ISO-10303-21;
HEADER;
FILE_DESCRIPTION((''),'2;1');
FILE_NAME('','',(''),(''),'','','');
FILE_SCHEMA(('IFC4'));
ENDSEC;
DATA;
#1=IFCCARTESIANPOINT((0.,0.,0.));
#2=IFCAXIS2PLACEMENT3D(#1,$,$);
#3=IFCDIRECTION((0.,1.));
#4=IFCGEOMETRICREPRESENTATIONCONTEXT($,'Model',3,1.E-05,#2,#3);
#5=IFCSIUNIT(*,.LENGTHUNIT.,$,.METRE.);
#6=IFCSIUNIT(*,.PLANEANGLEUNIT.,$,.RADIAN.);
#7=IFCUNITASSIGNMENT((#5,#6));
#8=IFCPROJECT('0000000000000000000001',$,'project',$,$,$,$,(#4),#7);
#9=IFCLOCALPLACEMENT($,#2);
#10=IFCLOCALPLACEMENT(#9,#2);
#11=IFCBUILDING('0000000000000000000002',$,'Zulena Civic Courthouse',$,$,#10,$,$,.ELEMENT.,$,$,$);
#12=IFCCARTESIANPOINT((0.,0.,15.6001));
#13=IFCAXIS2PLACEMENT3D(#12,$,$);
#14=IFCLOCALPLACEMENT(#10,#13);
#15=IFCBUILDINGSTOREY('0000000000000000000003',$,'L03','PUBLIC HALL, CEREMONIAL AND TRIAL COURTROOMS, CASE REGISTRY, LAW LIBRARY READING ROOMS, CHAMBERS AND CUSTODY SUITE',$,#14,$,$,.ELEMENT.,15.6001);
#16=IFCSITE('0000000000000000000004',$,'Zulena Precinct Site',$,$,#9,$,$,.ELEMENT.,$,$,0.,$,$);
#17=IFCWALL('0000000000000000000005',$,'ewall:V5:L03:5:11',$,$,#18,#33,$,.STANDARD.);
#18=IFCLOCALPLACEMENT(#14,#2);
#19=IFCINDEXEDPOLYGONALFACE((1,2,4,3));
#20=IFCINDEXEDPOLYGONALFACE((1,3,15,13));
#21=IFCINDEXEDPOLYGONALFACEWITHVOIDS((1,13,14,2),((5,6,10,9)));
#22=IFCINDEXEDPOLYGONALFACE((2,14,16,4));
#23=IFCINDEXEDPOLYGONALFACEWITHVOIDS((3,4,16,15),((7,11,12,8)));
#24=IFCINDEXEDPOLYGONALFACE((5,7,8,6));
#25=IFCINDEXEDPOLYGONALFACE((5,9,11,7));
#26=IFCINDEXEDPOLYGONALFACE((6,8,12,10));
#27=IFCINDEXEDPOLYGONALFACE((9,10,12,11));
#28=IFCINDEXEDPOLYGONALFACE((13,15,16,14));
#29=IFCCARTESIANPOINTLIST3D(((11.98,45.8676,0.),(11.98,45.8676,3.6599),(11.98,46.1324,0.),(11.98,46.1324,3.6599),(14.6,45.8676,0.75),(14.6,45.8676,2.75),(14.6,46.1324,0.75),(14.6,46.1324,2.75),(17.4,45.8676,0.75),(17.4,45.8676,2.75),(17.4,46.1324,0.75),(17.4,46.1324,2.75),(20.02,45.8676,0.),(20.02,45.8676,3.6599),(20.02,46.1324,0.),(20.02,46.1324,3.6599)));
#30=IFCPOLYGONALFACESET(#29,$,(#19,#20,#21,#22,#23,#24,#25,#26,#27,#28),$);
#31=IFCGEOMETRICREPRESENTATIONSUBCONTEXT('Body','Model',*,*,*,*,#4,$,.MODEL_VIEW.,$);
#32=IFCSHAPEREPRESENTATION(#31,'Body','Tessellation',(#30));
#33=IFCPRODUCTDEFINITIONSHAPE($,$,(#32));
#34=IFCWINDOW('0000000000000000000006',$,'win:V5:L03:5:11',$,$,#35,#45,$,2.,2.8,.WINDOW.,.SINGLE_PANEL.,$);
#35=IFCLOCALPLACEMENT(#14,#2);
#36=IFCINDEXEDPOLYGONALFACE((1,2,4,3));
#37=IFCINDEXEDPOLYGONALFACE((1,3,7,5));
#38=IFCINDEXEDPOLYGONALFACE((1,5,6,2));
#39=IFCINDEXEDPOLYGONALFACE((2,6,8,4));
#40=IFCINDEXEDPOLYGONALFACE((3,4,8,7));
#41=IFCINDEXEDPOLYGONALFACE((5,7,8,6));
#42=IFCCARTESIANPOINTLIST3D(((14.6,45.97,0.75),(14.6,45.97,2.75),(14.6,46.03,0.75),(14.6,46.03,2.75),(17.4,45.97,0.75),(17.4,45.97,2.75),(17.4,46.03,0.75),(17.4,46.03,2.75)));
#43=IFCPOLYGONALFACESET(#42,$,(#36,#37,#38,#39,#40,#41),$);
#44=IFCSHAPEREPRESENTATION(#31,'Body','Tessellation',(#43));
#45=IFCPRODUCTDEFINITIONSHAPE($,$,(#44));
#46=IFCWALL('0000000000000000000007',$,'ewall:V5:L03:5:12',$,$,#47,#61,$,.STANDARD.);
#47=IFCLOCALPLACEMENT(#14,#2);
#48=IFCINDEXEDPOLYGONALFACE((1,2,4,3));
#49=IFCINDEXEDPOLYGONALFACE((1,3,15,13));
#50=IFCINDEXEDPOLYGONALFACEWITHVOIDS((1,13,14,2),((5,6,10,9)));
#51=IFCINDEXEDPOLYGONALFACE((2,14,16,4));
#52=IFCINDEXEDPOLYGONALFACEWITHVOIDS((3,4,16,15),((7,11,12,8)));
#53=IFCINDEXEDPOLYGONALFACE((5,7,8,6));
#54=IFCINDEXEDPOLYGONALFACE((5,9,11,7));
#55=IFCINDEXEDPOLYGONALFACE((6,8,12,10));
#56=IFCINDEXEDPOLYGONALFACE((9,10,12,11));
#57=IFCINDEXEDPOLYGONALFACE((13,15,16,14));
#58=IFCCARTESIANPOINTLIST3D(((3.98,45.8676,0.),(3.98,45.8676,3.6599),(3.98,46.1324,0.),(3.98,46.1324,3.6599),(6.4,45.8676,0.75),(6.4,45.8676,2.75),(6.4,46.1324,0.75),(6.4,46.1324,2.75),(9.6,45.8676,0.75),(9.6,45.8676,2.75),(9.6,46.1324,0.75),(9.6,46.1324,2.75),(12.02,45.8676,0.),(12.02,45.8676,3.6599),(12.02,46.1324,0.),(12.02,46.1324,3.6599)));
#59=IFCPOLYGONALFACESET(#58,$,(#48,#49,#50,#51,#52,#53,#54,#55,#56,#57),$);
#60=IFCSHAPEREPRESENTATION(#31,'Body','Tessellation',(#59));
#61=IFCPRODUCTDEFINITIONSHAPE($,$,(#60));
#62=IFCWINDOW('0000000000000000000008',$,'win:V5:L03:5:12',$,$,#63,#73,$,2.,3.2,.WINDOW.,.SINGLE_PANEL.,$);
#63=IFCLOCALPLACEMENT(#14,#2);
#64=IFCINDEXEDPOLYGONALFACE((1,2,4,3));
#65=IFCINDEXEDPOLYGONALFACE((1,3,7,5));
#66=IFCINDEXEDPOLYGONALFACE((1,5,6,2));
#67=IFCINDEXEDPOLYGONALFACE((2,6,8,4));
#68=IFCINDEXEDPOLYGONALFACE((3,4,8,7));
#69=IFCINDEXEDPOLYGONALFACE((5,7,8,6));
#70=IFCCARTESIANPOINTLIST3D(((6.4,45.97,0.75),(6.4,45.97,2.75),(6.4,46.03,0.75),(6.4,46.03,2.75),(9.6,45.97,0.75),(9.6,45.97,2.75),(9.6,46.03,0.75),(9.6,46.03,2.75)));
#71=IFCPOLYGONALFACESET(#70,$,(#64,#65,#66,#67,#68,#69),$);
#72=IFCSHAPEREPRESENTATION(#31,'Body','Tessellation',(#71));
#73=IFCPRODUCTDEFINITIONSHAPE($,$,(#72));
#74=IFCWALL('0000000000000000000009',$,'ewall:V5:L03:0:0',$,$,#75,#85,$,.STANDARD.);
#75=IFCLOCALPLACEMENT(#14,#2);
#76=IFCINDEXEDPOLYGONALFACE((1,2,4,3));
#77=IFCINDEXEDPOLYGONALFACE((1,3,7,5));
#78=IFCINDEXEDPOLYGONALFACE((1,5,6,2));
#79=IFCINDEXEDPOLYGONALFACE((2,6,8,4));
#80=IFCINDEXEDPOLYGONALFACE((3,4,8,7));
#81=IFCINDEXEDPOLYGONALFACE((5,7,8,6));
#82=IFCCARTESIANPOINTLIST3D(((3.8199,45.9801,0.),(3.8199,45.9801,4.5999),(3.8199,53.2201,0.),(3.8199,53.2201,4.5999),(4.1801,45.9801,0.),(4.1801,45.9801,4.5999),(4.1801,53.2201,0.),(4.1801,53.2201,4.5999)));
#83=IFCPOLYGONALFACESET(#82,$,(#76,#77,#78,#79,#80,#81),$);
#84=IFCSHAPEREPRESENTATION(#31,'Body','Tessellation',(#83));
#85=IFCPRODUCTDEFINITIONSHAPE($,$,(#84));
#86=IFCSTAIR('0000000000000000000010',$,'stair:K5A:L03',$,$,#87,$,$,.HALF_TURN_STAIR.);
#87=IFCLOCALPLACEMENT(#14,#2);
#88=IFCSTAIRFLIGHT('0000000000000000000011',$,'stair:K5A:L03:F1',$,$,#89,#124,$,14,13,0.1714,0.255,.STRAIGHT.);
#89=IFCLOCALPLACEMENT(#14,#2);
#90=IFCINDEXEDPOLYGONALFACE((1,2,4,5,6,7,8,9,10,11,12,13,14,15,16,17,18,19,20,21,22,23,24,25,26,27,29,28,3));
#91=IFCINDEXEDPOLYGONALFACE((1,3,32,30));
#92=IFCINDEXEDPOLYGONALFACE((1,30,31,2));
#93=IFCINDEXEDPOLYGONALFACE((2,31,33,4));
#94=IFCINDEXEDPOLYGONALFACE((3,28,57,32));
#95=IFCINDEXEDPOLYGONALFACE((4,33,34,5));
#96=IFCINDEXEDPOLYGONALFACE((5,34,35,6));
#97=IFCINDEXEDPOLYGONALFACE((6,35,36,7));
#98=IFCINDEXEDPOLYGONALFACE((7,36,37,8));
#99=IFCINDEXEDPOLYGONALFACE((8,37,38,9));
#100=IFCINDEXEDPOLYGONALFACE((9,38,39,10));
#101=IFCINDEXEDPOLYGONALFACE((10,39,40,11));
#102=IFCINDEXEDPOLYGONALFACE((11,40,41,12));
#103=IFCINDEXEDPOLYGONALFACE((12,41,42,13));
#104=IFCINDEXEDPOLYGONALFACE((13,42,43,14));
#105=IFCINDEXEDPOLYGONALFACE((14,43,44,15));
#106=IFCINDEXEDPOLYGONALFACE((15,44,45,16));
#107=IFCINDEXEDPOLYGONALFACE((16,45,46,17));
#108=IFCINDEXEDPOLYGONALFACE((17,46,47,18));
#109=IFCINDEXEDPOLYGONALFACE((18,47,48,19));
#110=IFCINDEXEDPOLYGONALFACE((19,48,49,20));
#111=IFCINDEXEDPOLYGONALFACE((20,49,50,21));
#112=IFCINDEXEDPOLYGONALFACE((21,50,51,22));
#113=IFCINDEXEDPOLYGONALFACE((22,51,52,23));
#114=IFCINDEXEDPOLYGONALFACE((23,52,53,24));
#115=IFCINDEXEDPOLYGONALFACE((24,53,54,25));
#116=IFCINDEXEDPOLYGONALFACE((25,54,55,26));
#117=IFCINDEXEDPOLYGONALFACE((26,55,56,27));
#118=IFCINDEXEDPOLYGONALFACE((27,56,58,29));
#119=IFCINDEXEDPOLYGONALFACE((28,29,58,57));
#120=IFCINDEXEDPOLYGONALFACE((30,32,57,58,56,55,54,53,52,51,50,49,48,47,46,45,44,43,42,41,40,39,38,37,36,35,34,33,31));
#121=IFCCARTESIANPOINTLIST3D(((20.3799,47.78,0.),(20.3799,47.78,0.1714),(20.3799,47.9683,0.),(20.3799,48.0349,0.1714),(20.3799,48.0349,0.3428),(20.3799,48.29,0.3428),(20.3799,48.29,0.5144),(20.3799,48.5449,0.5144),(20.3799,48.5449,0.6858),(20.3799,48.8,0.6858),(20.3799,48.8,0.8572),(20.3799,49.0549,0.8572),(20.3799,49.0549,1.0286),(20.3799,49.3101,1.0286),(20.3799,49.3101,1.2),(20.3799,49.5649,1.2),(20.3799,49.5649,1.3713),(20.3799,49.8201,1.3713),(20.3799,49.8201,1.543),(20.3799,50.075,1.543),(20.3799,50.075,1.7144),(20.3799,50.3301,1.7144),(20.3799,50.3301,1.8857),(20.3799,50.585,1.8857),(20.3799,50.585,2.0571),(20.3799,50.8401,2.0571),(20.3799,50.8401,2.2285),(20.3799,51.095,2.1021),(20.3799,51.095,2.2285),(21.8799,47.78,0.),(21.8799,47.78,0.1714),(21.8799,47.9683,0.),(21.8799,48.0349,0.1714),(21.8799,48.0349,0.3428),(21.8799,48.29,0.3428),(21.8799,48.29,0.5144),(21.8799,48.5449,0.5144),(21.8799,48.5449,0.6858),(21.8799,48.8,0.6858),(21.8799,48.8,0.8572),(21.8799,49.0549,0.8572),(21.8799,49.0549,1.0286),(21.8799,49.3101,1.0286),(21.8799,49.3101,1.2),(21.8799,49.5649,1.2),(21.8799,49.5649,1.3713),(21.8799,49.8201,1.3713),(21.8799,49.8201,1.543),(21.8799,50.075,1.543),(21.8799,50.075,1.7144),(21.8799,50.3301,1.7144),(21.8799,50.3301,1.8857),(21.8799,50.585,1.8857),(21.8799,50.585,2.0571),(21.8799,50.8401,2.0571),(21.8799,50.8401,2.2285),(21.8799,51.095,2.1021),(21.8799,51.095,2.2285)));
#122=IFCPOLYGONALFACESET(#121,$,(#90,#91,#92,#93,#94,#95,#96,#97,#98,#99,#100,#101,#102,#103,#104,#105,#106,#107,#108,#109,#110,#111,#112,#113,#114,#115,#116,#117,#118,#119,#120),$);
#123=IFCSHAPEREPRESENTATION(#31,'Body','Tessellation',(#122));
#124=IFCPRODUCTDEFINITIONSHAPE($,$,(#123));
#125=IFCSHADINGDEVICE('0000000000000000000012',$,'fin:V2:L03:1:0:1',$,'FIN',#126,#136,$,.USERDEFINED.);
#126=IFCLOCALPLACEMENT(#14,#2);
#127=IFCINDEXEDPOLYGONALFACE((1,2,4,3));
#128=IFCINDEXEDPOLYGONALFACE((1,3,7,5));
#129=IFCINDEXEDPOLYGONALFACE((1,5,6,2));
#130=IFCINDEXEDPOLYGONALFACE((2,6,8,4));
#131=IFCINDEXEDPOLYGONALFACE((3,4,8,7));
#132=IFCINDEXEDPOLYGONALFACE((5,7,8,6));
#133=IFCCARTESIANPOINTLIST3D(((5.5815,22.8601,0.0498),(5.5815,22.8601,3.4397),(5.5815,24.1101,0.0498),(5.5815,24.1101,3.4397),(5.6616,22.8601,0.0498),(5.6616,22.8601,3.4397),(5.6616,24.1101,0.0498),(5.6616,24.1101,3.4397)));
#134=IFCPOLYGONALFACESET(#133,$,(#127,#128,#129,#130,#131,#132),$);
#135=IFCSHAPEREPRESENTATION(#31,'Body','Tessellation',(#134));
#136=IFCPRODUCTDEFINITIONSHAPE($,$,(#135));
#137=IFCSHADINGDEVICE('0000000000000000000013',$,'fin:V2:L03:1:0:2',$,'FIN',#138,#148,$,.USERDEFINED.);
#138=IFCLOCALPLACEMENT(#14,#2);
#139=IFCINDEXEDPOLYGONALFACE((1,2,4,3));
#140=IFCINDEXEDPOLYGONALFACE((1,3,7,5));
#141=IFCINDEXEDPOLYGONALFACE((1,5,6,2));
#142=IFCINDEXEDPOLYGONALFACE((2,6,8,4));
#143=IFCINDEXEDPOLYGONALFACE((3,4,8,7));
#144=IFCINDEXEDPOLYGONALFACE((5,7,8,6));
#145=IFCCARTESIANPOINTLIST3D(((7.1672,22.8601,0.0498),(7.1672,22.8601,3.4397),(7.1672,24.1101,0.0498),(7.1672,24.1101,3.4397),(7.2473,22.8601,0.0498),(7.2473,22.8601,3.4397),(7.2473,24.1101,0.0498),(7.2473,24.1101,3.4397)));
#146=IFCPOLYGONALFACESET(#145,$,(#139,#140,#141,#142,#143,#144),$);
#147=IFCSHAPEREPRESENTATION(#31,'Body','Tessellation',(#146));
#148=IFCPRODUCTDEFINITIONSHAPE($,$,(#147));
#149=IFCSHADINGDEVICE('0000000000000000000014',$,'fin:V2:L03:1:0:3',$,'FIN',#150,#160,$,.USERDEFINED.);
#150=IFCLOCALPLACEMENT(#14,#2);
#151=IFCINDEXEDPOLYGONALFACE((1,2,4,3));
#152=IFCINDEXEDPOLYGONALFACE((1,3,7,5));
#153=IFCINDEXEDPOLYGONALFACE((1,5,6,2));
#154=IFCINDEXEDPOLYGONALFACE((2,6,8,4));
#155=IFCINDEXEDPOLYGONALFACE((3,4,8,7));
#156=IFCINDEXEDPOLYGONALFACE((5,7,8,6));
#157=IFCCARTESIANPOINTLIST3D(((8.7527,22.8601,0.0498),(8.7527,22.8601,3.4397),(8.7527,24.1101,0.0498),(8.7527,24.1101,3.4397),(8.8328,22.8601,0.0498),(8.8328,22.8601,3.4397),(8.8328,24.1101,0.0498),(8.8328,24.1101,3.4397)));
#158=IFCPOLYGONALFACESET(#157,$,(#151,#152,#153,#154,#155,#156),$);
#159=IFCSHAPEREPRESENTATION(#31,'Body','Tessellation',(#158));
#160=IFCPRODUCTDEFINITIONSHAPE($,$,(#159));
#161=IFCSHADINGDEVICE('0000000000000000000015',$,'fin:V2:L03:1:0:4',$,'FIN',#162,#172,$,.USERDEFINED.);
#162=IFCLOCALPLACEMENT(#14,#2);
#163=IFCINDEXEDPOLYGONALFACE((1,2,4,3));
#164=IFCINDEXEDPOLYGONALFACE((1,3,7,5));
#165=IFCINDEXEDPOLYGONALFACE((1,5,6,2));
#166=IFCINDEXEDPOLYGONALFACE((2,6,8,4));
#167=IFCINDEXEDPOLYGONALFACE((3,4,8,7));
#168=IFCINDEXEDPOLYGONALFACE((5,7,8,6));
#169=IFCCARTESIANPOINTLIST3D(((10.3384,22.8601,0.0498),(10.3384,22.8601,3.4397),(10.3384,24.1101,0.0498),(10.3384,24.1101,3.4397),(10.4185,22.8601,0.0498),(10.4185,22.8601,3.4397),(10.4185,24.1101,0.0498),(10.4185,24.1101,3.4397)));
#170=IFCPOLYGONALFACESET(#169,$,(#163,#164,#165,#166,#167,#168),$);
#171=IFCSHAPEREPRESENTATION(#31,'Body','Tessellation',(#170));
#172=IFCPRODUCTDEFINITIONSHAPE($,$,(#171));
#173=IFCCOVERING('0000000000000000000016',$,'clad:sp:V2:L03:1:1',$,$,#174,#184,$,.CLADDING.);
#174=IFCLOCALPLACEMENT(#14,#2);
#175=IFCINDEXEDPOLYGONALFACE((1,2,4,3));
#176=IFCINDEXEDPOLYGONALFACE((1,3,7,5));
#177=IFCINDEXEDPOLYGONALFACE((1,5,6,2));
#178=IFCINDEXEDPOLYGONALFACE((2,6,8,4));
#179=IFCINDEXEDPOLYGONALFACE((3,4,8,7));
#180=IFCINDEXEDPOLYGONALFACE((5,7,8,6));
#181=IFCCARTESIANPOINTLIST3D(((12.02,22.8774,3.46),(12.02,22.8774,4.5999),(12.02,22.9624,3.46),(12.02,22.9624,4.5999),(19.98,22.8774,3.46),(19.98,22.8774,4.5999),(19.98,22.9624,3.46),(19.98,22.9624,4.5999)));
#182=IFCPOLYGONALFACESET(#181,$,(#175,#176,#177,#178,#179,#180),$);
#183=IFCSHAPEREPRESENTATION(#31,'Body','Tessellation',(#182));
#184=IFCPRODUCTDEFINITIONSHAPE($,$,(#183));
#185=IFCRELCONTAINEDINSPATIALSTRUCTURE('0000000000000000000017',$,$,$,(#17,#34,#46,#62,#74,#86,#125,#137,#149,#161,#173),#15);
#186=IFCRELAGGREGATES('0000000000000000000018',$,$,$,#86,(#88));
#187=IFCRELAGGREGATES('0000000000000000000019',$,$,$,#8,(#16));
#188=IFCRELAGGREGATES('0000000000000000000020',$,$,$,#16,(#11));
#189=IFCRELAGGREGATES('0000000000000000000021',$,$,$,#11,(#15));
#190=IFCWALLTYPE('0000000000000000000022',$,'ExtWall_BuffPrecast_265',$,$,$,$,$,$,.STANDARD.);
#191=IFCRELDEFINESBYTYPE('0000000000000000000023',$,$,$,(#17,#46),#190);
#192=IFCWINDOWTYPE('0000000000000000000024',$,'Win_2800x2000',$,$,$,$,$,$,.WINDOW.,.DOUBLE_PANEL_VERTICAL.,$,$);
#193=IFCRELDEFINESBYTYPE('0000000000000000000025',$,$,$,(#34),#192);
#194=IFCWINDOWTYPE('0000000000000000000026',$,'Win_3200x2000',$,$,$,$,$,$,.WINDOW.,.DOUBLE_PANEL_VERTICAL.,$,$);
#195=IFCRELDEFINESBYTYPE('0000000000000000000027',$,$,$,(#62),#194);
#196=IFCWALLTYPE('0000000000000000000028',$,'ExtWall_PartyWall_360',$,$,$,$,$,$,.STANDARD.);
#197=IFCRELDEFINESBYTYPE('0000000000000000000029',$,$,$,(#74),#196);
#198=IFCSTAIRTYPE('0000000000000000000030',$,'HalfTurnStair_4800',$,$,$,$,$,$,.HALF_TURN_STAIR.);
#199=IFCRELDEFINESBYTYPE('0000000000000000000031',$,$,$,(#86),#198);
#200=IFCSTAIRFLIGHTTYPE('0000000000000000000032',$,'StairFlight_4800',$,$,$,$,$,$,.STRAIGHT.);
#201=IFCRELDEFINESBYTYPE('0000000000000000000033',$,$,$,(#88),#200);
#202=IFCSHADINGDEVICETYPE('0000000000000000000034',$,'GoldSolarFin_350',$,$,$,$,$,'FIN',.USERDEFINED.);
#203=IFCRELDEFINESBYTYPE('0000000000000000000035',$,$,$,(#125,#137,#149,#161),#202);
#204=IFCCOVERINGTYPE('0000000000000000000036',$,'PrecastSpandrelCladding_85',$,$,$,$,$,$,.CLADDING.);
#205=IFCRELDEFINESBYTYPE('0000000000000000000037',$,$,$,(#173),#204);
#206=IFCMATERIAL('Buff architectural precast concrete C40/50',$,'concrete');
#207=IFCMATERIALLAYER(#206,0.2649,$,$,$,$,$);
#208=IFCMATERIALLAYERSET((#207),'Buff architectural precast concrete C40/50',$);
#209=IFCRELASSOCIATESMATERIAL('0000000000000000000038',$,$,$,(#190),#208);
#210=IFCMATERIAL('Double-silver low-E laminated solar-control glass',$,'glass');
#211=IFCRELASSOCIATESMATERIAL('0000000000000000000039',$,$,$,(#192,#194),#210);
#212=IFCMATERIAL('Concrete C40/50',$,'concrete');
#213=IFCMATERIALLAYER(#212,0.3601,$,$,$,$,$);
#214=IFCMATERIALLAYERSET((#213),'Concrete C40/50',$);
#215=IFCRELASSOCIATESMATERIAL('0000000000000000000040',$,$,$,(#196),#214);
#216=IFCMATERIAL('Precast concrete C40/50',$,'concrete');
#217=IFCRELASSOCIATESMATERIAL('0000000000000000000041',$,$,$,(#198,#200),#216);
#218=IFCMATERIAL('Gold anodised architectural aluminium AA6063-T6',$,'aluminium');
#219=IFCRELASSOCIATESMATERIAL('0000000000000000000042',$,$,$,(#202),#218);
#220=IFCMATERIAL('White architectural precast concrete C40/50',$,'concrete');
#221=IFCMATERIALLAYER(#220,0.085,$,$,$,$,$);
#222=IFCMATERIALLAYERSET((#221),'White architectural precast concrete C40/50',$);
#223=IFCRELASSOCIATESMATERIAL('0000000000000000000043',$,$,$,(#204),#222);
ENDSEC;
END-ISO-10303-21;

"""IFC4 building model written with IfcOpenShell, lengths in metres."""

from ifc_helpers import new_model, si_unit, direction, frame, frame_2d, origin, origin_2d, place, context, subcontext, project, spatial, polyline, rectangle, outline, extrude, material, layer, layer_set, type_object, element, fill, aggregate, save


model = new_model("IFC4")

# Units and contexts
model_context = context("Model", 3, precision=1e-05, world=origin(), true_north=direction((0.0, 1.0)))
body_context = subcontext(model_context, "Body", "Model", "MODEL_VIEW")
ifc_project = project(units=[si_unit("LENGTHUNIT", "METRE"), si_unit("PLANEANGLEUNIT", "RADIAN")], contexts=[model_context])

# Site, building, storey
site_placement = place(None, origin())
site = spatial("IfcSite", under=ifc_project, at=site_placement, Name="Zulena Precinct Site", CompositionType="ELEMENT", RefElevation=0.0)
building_placement = place(site_placement, origin())
building = spatial("IfcBuilding", under=site, at=building_placement, Name="Zulena Civic Courthouse", CompositionType="ELEMENT")
storey_placement = place(building_placement, frame((0.0, 0.0, 15.6001)))
storey = spatial("IfcBuildingStorey", under=building, at=storey_placement, Name="L03", Description="PUBLIC HALL, CEREMONIAL AND TRIAL COURTROOMS, CASE REGISTRY, LAW LIBRARY READING ROOMS, CHAMBERS AND CUSTODY SUITE", CompositionType="ELEMENT", Elevation=15.6001)

# Shared definitions
ifc_material_1 = material(Name="Concrete C40/50", Category="concrete")

# Walls, openings, windows
ifc_material_2 = material(Name="Buff architectural precast concrete C40/50", Category="concrete")
ifc_layer_1 = layer(ifc_material_2, 0.2649)
ifc_layer_set_1 = layer_set([ifc_layer_1], Name="Buff architectural precast concrete C40/50")
wall_type_1 = type_object("IfcWallType", Name="ExtWall_BuffPrecast_265", PredefinedType="STANDARD", material=ifc_layer_set_1)
wall_1_placement = place(storey_placement, frame((20.02, 46.0, 0.0), z_axis=(0.0, 0.0, 1.0), x_axis=(-1.0, 0.0, 0.0)))
wall_1 = element("IfcWall", 1, at=wall_1_placement, inside=storey, type_object=wall_type_1, Name="ewall:V5:L03:5:11", PredefinedType="STANDARD", context=body_context, shape_type="SweptSolid", body=[
    extrude(rectangle(XDim=8.04, YDim=0.2649, at=frame_2d((4.02, 0.0))), origin(), (0.0, 0.0, 1.0), 3.6599),
])
opening_1_placement = place(wall_1_placement, frame((2.6201, 0.0, 0.75)))
opening_1 = element("IfcOpeningElement", 2, at=opening_1_placement, cuts=wall_1, PredefinedType="OPENING", context=body_context, shape_type="SweptSolid", body=[
    extrude(rectangle(XDim=2.8, YDim=2.0, at=frame_2d((1.3999, 1.0))), frame((0.0, 0.1423, 0.0), z_axis=(0.0, -1.0, 0.0), x_axis=(1.0, 0.0, 0.0)), (0.0, 0.0, 1.0), 0.2849),
])
ifc_material_3 = material(Name="Double-silver low-E laminated solar-control glass", Category="glass")
window_type_1 = type_object("IfcWindowType", Name="Win_2800x2000", PartitioningType="DOUBLE_PANEL_VERTICAL", PredefinedType="WINDOW", material=ifc_material_3)
window_1_placement = place(opening_1_placement, origin())
window_1 = element("IfcWindow", 3, at=window_1_placement, inside=storey, type_object=window_type_1, Name="win:V5:L03:5:11", OverallHeight=2.0, OverallWidth=2.8, PartitioningType="SINGLE_PANEL", PredefinedType="WINDOW", context=body_context, shape_type="SweptSolid", body=[
    extrude(rectangle(XDim=2.8, YDim=2.0, at=frame_2d((1.3999, 1.0))), frame((0.0, 0.03, 0.0), z_axis=(0.0, -1.0, 0.0), x_axis=(1.0, 0.0, 0.0)), (0.0, 0.0, 1.0), 0.0601),
])
fill(opening_1, window_1)
wall_2_placement = place(storey_placement, frame((12.02, 46.0, 0.0), z_axis=(0.0, 0.0, 1.0), x_axis=(-1.0, 0.0, 0.0)))
wall_2 = element("IfcWall", 4, at=wall_2_placement, inside=storey, type_object=wall_type_1, Name="ewall:V5:L03:5:12", PredefinedType="STANDARD", context=body_context, shape_type="SweptSolid", body=[
    extrude(rectangle(XDim=8.04, YDim=0.2649, at=frame_2d((4.02, 0.0))), origin(), (0.0, 0.0, 1.0), 3.6599),
])
opening_2_placement = place(wall_2_placement, frame((2.4199, 0.0, 0.75)))
opening_2 = element("IfcOpeningElement", 5, at=opening_2_placement, cuts=wall_2, PredefinedType="OPENING", context=body_context, shape_type="SweptSolid", body=[
    extrude(rectangle(XDim=3.2, YDim=2.0, at=frame_2d((1.6001, 1.0))), frame((0.0, 0.1423, 0.0), z_axis=(0.0, -1.0, 0.0), x_axis=(1.0, 0.0, 0.0)), (0.0, 0.0, 1.0), 0.2849),
])
window_type_2 = type_object("IfcWindowType", Name="Win_3200x2000", PartitioningType="DOUBLE_PANEL_VERTICAL", PredefinedType="WINDOW", material=ifc_material_3)
window_2_placement = place(opening_2_placement, origin())
window_2 = element("IfcWindow", 6, at=window_2_placement, inside=storey, type_object=window_type_2, Name="win:V5:L03:5:12", OverallHeight=2.0, OverallWidth=3.2, PartitioningType="SINGLE_PANEL", PredefinedType="WINDOW", context=body_context, shape_type="SweptSolid", body=[
    extrude(rectangle(XDim=3.2, YDim=2.0, at=frame_2d((1.6001, 1.0))), frame((0.0, 0.03, 0.0), z_axis=(0.0, -1.0, 0.0), x_axis=(1.0, 0.0, 0.0)), (0.0, 0.0, 1.0), 0.0601),
])
fill(opening_2, window_2)

# Wall
ifc_layer_2 = layer(ifc_material_1, 0.3601)
ifc_layer_set_2 = layer_set([ifc_layer_2], Name="Concrete C40/50")
wall_type_2 = type_object("IfcWallType", Name="ExtWall_PartyWall_360", PredefinedType="STANDARD", material=ifc_layer_set_2)
wall_3_placement = place(storey_placement, frame((4.0, 45.98, 0.0), z_axis=(0.0, 0.0, 1.0), x_axis=(0.0, 1.0, 0.0)))
element("IfcWall", 7, at=wall_3_placement, inside=storey, type_object=wall_type_2, Name="ewall:V5:L03:0:0", PredefinedType="STANDARD", context=body_context, shape_type="SweptSolid", body=[
    extrude(rectangle(XDim=7.24, YDim=0.3601, at=frame_2d((3.6201, 0.0))), origin(), (0.0, 0.0, 1.0), 4.5999),
])

# Stair, stair flight
ifc_material_4 = material(Name="Precast concrete C40/50", Category="concrete")
stair_type = type_object("IfcStairType", Name="HalfTurnStair_4800", PredefinedType="HALF_TURN_STAIR", material=ifc_material_4)
stair_placement = place(storey_placement, origin())
stair = element("IfcStair", 8, at=stair_placement, inside=storey, type_object=stair_type, Name="stair:K5A:L03", PredefinedType="HALF_TURN_STAIR")
stair_flight_type = type_object("IfcStairFlightType", Name="StairFlight_4800", PredefinedType="STRAIGHT", material=ifc_material_4)
stair_flight_placement = place(storey_placement, frame((21.1299, 47.78, 0.0), z_axis=(0.0, 0.0, 1.0), x_axis=(0.0, 1.0, 0.0)))
stair_flight = element("IfcStairFlight", 9, at=stair_flight_placement, type_object=stair_flight_type, Name="stair:K5A:L03:F1", NumberOfRisers=14, NumberOfTreads=13, PredefinedType="STRAIGHT", RiserHeight=0.1714, TreadLength=0.255, context=body_context, shape_type="SweptSolid", body=[
    extrude(outline(polyline([(0.0, 0.0), (0.0, 0.1714), (0.2549, 0.1714), (0.2549, 0.3428), (0.51, 0.3428), (0.51, 0.5144), (0.7649, 0.5144), (0.7649, 0.6858), (1.02, 0.6858), (1.02, 0.8572), (1.2749, 0.8572), (1.2749, 1.0286), (1.53, 1.0286), (1.53, 1.2), (1.7849, 1.2), (1.7849, 1.3713), (2.04, 1.3713), (2.04, 1.543), (2.2949, 1.543), (2.2949, 1.7144), (2.55, 1.7144), (2.55, 1.8857), (2.8049, 1.8857), (2.8049, 2.0571), (3.0601, 2.0571), (3.0601, 2.2285), (3.3149, 2.2285), (3.3149, 2.3999), (3.3149, 2.1021), (0.1882, 0.0), (0.0, 0.0)])), frame((0.0, 0.75, 0.0), z_axis=(0.0, -1.0, 0.0), x_axis=(1.0, 0.0, 0.0)), (0.0, 0.0, 1.0), 1.5),
])
aggregate(stair, [stair_flight])

# Shading devices
ifc_material_5 = material(Name="Gold anodised architectural aluminium AA6063-T6", Category="aluminium")
shading_device_type = type_object("IfcShadingDeviceType", Name="GoldSolarFin_350", ElementType="FIN", PredefinedType="USERDEFINED", material=ifc_material_5)
for number, where, z_axis, x_axis, name in (
    (10, (5.6216, 23.4851, 0.0498), (0.0, 0.0, 1.0), (0.0, 1.0, 0.0), "fin:V2:L03:1:0:1"),
    (11, (7.2073, 23.4851, 0.0498), (0.0, 0.0, 1.0), (0.0, 1.0, 0.0), "fin:V2:L03:1:0:2"),
    (12, (8.7927, 23.4851, 0.0498), (0.0, 0.0, 1.0), (0.0, 1.0, 0.0), "fin:V2:L03:1:0:3"),
    (13, (10.3784, 23.4851, 0.0498), (0.0, 0.0, 1.0), (0.0, 1.0, 0.0), "fin:V2:L03:1:0:4"),
):
    element("IfcShadingDevice", number, at=place(storey_placement, frame(where, z_axis=z_axis, x_axis=x_axis)), inside=storey, type_object=shading_device_type, Name=name, ObjectType="FIN", PredefinedType="USERDEFINED", context=body_context, shape_type="SweptSolid", body=[
        extrude(rectangle(XDim=1.25, YDim=0.0801, at=origin_2d()), origin(), (0.0, 0.0, 1.0), 3.3899),
    ])

# Covering
ifc_material_6 = material(Name="White architectural precast concrete C40/50", Category="concrete")
ifc_layer_3 = layer(ifc_material_6, 0.085)
ifc_layer_set_3 = layer_set([ifc_layer_3], Name="White architectural precast concrete C40/50")
covering_type = type_object("IfcCoveringType", Name="PrecastSpandrelCladding_85", PredefinedType="CLADDING", material=ifc_layer_set_3)
covering_placement = place(storey_placement, frame((16.0, 22.9199, 3.46), z_axis=(0.0, 0.0, 1.0), x_axis=(1.0, 0.0, 0.0)))
element("IfcCovering", 14, at=covering_placement, inside=storey, type_object=covering_type, Name="clad:sp:V2:L03:1:1", PredefinedType="CLADDING", context=body_context, shape_type="SweptSolid", body=[
    extrude(rectangle(XDim=7.96, YDim=0.085, at=origin_2d()), origin(), (0.0, 0.0, 1.0), 1.1399),
])

save(model, "model.ifc")
